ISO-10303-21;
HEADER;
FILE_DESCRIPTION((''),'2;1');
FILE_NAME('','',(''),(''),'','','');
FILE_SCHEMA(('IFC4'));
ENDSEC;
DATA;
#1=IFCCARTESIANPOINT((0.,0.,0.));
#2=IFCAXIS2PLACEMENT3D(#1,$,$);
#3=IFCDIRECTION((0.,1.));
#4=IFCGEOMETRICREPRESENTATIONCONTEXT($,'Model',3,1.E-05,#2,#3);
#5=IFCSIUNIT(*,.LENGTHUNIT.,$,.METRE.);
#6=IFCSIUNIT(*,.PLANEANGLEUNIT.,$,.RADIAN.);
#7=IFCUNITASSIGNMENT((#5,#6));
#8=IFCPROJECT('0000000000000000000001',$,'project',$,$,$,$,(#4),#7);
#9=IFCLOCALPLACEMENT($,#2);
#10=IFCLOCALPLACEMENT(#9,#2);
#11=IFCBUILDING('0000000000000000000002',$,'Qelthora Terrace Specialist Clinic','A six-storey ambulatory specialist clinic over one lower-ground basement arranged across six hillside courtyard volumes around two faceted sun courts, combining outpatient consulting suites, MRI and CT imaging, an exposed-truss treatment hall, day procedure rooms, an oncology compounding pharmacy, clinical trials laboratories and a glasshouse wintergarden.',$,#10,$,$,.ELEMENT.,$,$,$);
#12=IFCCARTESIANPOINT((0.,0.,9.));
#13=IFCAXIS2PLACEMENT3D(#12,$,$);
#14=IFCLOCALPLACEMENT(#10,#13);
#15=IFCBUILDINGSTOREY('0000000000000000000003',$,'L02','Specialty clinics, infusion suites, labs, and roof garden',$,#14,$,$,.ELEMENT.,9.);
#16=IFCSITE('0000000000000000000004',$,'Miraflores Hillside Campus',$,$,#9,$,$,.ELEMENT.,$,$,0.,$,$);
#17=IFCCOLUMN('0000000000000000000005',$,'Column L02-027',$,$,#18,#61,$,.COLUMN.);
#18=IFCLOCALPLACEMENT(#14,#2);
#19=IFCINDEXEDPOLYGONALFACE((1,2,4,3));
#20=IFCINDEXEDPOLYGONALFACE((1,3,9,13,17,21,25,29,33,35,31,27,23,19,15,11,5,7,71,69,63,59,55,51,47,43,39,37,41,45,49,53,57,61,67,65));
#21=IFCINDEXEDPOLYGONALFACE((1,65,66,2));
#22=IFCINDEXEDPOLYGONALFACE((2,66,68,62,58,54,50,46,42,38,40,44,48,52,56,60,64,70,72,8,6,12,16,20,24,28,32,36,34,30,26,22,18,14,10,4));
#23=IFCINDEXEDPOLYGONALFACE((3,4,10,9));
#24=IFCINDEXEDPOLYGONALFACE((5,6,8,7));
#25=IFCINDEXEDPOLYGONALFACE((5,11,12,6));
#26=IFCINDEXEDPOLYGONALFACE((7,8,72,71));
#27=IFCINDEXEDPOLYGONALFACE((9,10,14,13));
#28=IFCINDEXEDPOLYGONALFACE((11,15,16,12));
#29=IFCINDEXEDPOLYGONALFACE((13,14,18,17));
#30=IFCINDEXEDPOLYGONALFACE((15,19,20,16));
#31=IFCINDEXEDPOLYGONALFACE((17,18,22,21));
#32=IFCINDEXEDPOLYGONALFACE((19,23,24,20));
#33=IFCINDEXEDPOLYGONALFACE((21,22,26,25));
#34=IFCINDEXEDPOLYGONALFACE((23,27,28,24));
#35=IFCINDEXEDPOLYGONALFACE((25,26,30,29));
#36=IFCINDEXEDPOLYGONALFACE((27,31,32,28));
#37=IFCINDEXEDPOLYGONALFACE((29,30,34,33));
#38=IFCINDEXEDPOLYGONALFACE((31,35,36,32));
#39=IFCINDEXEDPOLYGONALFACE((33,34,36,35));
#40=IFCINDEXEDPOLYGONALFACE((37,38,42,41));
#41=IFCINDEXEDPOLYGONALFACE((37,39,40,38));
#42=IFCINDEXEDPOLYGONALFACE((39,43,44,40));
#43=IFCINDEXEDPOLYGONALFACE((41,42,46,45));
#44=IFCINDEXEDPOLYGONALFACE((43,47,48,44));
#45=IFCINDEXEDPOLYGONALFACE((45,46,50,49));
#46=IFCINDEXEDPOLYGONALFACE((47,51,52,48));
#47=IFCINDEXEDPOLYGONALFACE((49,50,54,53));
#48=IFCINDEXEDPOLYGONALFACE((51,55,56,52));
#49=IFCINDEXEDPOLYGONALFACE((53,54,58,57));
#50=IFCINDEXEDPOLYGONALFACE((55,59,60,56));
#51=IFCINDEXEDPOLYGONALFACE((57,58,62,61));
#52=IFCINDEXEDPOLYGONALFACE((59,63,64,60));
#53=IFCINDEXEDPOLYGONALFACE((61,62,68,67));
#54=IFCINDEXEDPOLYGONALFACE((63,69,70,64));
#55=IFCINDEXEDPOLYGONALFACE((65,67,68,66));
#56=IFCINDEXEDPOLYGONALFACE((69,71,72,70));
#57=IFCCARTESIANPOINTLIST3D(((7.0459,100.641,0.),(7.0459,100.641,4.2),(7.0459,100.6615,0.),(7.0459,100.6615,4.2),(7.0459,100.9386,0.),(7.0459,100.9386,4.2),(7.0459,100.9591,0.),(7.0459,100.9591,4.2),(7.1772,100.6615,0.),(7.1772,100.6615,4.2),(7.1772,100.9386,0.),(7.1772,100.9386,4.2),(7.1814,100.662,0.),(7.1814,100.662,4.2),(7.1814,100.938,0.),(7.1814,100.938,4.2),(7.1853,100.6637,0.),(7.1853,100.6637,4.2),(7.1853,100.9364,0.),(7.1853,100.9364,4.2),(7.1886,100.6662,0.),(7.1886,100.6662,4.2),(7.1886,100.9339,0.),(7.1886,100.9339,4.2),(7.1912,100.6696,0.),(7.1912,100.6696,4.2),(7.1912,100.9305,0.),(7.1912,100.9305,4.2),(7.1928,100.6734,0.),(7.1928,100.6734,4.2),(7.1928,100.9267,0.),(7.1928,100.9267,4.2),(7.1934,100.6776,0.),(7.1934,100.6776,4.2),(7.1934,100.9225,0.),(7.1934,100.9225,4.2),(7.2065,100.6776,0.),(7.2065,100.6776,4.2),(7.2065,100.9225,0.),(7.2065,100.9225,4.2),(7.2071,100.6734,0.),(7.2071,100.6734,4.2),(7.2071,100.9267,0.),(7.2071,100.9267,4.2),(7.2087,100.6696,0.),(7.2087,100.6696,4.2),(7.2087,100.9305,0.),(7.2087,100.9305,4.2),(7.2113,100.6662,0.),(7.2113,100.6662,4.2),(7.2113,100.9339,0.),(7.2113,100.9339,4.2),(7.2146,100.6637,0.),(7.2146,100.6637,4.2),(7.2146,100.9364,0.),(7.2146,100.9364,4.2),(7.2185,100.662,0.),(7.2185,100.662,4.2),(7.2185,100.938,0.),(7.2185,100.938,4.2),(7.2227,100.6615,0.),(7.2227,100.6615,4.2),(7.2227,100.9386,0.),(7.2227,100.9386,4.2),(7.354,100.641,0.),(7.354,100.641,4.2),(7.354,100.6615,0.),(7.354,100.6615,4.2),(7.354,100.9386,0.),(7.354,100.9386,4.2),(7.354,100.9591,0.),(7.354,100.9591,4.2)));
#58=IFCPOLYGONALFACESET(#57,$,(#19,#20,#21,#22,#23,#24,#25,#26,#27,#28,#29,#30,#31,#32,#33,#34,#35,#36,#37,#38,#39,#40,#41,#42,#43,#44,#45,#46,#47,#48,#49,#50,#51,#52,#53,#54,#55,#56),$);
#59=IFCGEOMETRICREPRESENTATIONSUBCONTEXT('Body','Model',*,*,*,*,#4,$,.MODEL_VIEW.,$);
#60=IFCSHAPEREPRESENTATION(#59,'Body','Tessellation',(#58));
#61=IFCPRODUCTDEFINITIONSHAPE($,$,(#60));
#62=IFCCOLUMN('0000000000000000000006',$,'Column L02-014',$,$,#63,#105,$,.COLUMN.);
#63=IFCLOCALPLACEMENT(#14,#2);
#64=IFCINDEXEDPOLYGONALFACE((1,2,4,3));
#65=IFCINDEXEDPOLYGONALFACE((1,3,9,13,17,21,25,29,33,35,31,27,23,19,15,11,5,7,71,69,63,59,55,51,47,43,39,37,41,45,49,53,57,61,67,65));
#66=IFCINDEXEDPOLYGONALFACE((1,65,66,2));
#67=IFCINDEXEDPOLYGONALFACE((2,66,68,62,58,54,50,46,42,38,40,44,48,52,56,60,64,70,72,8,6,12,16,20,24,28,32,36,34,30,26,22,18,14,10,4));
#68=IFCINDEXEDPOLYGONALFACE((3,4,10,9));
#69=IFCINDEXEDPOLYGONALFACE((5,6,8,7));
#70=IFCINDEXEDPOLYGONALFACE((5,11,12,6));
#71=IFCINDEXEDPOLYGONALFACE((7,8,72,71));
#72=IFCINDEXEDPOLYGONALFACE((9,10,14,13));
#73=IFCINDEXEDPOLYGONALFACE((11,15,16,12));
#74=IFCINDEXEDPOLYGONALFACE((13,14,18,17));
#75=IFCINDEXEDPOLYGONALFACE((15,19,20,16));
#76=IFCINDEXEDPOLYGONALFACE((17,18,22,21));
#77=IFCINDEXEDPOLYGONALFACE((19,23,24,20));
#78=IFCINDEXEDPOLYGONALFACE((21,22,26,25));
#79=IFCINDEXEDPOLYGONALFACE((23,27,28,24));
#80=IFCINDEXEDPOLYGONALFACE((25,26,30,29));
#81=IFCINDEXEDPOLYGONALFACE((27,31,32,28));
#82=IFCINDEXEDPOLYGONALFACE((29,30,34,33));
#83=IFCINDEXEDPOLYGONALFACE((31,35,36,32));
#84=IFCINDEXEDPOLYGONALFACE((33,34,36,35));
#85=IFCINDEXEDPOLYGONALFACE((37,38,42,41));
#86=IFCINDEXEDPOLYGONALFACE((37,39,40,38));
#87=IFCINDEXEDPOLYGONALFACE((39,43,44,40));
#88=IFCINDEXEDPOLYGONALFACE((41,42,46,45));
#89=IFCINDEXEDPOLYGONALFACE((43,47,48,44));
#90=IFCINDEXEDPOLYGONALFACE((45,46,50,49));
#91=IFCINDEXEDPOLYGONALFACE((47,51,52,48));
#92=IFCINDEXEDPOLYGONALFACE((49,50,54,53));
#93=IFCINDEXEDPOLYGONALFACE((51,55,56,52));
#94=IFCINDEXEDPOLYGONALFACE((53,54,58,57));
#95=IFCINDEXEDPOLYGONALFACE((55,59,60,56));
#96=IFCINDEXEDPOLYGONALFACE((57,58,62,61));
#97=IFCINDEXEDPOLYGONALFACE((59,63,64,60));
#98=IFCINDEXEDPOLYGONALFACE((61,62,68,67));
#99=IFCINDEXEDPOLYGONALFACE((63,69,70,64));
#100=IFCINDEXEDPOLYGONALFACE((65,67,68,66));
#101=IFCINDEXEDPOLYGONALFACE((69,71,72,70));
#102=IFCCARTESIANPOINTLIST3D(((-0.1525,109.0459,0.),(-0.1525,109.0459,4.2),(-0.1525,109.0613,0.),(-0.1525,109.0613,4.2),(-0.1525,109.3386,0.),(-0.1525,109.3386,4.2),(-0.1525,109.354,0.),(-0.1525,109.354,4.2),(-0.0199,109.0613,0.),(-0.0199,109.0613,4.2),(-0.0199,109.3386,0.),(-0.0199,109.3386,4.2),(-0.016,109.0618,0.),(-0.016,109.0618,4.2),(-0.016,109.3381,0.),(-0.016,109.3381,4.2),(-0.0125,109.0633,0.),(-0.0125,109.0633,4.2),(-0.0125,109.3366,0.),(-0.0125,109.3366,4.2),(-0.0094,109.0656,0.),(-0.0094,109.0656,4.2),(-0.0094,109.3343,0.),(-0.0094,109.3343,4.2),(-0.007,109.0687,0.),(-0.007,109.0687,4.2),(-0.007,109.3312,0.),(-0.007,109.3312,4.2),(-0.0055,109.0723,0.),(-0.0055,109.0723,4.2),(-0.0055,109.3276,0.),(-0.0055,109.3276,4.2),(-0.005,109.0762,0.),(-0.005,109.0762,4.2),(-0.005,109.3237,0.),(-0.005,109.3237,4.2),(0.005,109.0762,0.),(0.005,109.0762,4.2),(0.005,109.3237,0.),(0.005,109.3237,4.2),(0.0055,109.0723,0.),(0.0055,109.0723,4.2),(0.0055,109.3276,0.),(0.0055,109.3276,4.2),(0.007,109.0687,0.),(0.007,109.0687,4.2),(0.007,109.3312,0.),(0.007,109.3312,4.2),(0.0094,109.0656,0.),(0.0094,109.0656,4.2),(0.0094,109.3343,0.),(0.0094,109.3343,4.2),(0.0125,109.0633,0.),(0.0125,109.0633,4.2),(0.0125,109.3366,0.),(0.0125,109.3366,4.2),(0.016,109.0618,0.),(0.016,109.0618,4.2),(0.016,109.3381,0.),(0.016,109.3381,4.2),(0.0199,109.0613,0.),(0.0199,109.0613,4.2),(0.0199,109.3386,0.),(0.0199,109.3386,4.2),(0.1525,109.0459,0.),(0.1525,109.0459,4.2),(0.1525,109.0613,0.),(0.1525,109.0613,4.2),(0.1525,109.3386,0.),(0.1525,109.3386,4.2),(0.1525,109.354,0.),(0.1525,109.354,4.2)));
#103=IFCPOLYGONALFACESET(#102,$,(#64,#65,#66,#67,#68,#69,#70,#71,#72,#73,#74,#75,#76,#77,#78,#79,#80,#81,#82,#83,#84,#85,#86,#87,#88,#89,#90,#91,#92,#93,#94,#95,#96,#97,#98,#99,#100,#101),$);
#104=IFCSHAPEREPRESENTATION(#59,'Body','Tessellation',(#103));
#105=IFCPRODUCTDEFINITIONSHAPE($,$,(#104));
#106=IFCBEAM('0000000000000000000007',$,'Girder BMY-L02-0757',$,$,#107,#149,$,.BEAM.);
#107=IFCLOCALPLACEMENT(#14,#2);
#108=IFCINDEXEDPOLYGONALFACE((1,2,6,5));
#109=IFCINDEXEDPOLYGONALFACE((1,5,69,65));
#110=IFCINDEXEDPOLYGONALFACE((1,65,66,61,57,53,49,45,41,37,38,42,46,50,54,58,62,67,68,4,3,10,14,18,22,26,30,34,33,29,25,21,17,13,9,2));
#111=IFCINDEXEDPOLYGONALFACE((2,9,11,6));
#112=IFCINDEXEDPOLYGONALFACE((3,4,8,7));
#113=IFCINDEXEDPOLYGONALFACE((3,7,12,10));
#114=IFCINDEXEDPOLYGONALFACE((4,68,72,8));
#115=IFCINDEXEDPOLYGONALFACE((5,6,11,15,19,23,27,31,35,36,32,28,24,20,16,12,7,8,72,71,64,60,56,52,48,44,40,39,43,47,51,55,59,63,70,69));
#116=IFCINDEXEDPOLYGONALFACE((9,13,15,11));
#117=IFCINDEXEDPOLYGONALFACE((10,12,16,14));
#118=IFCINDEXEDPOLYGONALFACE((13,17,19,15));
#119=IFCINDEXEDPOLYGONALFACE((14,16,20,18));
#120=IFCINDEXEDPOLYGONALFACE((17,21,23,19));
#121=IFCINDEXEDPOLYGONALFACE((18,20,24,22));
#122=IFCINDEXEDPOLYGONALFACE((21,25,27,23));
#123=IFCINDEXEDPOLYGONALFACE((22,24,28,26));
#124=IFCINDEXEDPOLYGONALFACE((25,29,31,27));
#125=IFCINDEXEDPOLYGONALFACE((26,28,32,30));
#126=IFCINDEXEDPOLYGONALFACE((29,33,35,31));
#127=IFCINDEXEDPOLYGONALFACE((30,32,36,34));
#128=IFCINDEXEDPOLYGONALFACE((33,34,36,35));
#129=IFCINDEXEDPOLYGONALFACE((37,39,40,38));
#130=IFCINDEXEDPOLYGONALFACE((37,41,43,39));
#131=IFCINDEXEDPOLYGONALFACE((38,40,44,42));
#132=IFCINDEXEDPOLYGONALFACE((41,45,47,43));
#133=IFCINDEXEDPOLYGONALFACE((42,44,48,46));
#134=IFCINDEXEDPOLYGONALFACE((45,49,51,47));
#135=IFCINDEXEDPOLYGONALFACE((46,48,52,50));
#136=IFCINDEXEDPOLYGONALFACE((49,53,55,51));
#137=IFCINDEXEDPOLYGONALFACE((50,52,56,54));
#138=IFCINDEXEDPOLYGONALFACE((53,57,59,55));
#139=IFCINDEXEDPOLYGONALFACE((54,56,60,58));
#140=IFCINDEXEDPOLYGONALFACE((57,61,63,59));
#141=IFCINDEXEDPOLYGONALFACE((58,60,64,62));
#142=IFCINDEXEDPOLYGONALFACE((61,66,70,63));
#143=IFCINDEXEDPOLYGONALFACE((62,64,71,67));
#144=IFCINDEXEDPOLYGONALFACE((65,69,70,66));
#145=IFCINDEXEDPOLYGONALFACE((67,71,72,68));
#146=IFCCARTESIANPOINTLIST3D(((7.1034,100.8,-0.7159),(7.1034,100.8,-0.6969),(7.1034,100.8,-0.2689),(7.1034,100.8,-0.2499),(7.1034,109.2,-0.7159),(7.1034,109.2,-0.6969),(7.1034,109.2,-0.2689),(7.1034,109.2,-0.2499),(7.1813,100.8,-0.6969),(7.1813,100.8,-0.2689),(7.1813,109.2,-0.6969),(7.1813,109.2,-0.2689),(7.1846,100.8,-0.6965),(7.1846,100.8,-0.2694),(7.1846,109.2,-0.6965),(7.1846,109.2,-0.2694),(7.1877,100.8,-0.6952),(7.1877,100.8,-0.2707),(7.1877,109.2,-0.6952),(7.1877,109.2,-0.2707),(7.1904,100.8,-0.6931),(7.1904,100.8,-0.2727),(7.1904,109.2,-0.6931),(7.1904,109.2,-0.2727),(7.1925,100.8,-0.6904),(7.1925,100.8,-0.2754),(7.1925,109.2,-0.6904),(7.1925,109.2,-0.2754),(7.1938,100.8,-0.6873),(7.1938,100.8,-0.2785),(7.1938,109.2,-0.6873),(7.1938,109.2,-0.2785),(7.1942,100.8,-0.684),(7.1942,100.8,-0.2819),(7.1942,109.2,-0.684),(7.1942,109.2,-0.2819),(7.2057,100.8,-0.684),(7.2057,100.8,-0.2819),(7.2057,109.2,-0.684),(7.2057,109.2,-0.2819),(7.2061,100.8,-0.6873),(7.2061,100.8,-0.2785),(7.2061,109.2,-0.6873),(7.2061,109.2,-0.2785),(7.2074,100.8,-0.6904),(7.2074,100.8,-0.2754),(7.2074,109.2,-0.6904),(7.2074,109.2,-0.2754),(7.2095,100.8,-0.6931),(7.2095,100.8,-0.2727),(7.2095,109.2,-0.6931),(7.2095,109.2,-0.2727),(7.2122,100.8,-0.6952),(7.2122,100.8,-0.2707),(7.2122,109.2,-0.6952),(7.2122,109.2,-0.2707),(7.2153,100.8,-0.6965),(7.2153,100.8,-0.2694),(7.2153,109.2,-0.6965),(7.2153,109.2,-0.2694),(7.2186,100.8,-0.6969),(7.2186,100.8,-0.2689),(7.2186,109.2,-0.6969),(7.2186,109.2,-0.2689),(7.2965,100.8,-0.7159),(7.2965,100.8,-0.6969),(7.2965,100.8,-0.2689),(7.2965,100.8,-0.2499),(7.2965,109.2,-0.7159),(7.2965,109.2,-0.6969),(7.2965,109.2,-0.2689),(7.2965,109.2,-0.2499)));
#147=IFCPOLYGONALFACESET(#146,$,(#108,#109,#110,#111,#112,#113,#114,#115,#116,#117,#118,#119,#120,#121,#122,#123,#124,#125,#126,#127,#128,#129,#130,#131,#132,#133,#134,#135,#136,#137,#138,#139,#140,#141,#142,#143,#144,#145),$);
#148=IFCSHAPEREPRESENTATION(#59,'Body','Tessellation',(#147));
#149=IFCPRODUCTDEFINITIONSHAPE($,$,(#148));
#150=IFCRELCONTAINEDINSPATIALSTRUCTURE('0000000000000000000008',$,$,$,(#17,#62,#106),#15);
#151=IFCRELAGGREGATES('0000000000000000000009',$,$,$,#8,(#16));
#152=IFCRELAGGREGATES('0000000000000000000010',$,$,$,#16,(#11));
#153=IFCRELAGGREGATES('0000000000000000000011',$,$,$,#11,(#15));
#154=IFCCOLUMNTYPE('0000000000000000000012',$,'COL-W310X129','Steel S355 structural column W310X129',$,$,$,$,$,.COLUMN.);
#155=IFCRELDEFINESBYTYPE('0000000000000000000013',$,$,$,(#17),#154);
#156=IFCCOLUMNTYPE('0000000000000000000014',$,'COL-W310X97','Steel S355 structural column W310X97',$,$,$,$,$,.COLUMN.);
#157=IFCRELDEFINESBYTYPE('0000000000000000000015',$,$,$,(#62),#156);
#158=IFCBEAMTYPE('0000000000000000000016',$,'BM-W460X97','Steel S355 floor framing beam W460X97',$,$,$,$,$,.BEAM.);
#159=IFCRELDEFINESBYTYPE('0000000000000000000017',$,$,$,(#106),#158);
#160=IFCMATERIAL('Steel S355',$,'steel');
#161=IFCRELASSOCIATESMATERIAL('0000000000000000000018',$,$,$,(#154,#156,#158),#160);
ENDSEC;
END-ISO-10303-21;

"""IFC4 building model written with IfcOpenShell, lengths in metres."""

from ifc_helpers import new_model, si_unit, direction, frame, origin, origin_2d, place, context, subcontext, project, spatial, i_section, extrude, material, material_profile, profile_set, type_object, element, save


model = new_model("IFC4")

# Units and contexts
model_context = context("Model", 3, precision=1e-05, world=origin(), true_north=direction((0.0, 1.0)))
body_context = subcontext(model_context, "Body", "Model", "MODEL_VIEW")
ifc_project = project(units=[si_unit("LENGTHUNIT", "METRE"), si_unit("PLANEANGLEUNIT", "RADIAN")], contexts=[model_context])

# Site, building, storey
site_placement = place(None, origin())
site = spatial("IfcSite", under=ifc_project, at=site_placement, Name="Miraflores Hillside Campus", CompositionType="ELEMENT", RefElevation=0.0)
building_placement = place(site_placement, origin())
building = spatial("IfcBuilding", under=site, at=building_placement, Name="Qelthora Terrace Specialist Clinic", Description="A six-storey ambulatory specialist clinic over one lower-ground basement arranged across six hillside courtyard volumes around two faceted sun courts, combining outpatient consulting suites, MRI and CT imaging, an exposed-truss treatment hall, day procedure rooms, an oncology compounding pharmacy, clinical trials laboratories and a glasshouse wintergarden.", CompositionType="ELEMENT")
storey_placement = place(building_placement, frame((0.0, 0.0, 9.0)))
storey = spatial("IfcBuildingStorey", under=building, at=storey_placement, Name="L02", Description="Specialty clinics, infusion suites, labs, and roof garden", CompositionType="ELEMENT", Elevation=9.0)

# Columns
ifc_material_1 = material(Name="Steel S355", Category="steel")
ifc_material_profile_1 = material_profile(ifc_material_1, i_section(OverallWidth=0.3081, OverallDepth=0.3181, WebThickness=0.0132, FlangeThickness=0.0205, FilletRadius=0.0161, at=origin_2d()), Name="W310X129")
ifc_profile_set_1 = profile_set([ifc_material_profile_1], Name="Steel S355")
column_type_1 = type_object("IfcColumnType", Name="COL-W310X129", Description="Steel S355 structural column W310X129", PredefinedType="COLUMN", material=ifc_profile_set_1)
column_1_placement = place(storey_placement, frame((7.2, 100.8, 0.0), z_axis=(0.0, 0.0, 1.0), x_axis=(1.0, 0.0, 0.0)))
element("IfcColumn", 1, at=column_1_placement, inside=storey, type_object=column_type_1, Name="Column L02-027", PredefinedType="COLUMN", context=body_context, shape_type="SweptSolid", body=[
    extrude(i_section(OverallWidth=0.3081, OverallDepth=0.3181, WebThickness=0.0132, FlangeThickness=0.0205, FilletRadius=0.0161, at=origin_2d()), origin(), (0.0, 0.0, 1.0), 4.2),
])
ifc_material_profile_2 = material_profile(ifc_material_1, i_section(OverallWidth=0.3049, OverallDepth=0.3081, WebThickness=0.01, FlangeThickness=0.0154, FilletRadius=0.0149, at=origin_2d()), Name="W310X97")
ifc_profile_set_2 = profile_set([ifc_material_profile_2], Name="Steel S355")
column_type_2 = type_object("IfcColumnType", Name="COL-W310X97", Description="Steel S355 structural column W310X97", PredefinedType="COLUMN", material=ifc_profile_set_2)
column_2_placement = place(storey_placement, frame((0.0, 109.2, 0.0), z_axis=(0.0, 0.0, 1.0), x_axis=(1.0, 0.0, 0.0)))
element("IfcColumn", 2, at=column_2_placement, inside=storey, type_object=column_type_2, Name="Column L02-014", PredefinedType="COLUMN", context=body_context, shape_type="SweptSolid", body=[
    extrude(i_section(OverallWidth=0.3049, OverallDepth=0.3081, WebThickness=0.01, FlangeThickness=0.0154, FilletRadius=0.0149, at=origin_2d()), origin(), (0.0, 0.0, 1.0), 4.2),
])

# Beam
ifc_material_profile_3 = material_profile(ifc_material_1, i_section(OverallWidth=0.1931, OverallDepth=0.4661, WebThickness=0.0115, FlangeThickness=0.019, FilletRadius=0.0129, at=origin_2d()), Name="W460X97")
ifc_profile_set_3 = profile_set([ifc_material_profile_3], Name="Steel S355")
beam_type_1 = type_object("IfcBeamType", Name="BM-W460X97", Description="Steel S355 floor framing beam W460X97", PredefinedType="BEAM", material=ifc_profile_set_3)
beam_1_placement = place(storey_placement, frame((7.2, 100.8, -0.4829), z_axis=(0.0, 1.0, 0.0), x_axis=(-1.0, 0.0, 0.0)))
element("IfcBeam", 3, at=beam_1_placement, inside=storey, type_object=beam_type_1, Name="Girder BMY-L02-0757", PredefinedType="BEAM", context=body_context, shape_type="SweptSolid", body=[
    extrude(i_section(OverallWidth=0.1931, OverallDepth=0.4661, WebThickness=0.0115, FlangeThickness=0.019, FilletRadius=0.0129, at=origin_2d()), origin(), (0.0, 0.0, 1.0), 8.3999),
])

save(model, "model.ifc")
